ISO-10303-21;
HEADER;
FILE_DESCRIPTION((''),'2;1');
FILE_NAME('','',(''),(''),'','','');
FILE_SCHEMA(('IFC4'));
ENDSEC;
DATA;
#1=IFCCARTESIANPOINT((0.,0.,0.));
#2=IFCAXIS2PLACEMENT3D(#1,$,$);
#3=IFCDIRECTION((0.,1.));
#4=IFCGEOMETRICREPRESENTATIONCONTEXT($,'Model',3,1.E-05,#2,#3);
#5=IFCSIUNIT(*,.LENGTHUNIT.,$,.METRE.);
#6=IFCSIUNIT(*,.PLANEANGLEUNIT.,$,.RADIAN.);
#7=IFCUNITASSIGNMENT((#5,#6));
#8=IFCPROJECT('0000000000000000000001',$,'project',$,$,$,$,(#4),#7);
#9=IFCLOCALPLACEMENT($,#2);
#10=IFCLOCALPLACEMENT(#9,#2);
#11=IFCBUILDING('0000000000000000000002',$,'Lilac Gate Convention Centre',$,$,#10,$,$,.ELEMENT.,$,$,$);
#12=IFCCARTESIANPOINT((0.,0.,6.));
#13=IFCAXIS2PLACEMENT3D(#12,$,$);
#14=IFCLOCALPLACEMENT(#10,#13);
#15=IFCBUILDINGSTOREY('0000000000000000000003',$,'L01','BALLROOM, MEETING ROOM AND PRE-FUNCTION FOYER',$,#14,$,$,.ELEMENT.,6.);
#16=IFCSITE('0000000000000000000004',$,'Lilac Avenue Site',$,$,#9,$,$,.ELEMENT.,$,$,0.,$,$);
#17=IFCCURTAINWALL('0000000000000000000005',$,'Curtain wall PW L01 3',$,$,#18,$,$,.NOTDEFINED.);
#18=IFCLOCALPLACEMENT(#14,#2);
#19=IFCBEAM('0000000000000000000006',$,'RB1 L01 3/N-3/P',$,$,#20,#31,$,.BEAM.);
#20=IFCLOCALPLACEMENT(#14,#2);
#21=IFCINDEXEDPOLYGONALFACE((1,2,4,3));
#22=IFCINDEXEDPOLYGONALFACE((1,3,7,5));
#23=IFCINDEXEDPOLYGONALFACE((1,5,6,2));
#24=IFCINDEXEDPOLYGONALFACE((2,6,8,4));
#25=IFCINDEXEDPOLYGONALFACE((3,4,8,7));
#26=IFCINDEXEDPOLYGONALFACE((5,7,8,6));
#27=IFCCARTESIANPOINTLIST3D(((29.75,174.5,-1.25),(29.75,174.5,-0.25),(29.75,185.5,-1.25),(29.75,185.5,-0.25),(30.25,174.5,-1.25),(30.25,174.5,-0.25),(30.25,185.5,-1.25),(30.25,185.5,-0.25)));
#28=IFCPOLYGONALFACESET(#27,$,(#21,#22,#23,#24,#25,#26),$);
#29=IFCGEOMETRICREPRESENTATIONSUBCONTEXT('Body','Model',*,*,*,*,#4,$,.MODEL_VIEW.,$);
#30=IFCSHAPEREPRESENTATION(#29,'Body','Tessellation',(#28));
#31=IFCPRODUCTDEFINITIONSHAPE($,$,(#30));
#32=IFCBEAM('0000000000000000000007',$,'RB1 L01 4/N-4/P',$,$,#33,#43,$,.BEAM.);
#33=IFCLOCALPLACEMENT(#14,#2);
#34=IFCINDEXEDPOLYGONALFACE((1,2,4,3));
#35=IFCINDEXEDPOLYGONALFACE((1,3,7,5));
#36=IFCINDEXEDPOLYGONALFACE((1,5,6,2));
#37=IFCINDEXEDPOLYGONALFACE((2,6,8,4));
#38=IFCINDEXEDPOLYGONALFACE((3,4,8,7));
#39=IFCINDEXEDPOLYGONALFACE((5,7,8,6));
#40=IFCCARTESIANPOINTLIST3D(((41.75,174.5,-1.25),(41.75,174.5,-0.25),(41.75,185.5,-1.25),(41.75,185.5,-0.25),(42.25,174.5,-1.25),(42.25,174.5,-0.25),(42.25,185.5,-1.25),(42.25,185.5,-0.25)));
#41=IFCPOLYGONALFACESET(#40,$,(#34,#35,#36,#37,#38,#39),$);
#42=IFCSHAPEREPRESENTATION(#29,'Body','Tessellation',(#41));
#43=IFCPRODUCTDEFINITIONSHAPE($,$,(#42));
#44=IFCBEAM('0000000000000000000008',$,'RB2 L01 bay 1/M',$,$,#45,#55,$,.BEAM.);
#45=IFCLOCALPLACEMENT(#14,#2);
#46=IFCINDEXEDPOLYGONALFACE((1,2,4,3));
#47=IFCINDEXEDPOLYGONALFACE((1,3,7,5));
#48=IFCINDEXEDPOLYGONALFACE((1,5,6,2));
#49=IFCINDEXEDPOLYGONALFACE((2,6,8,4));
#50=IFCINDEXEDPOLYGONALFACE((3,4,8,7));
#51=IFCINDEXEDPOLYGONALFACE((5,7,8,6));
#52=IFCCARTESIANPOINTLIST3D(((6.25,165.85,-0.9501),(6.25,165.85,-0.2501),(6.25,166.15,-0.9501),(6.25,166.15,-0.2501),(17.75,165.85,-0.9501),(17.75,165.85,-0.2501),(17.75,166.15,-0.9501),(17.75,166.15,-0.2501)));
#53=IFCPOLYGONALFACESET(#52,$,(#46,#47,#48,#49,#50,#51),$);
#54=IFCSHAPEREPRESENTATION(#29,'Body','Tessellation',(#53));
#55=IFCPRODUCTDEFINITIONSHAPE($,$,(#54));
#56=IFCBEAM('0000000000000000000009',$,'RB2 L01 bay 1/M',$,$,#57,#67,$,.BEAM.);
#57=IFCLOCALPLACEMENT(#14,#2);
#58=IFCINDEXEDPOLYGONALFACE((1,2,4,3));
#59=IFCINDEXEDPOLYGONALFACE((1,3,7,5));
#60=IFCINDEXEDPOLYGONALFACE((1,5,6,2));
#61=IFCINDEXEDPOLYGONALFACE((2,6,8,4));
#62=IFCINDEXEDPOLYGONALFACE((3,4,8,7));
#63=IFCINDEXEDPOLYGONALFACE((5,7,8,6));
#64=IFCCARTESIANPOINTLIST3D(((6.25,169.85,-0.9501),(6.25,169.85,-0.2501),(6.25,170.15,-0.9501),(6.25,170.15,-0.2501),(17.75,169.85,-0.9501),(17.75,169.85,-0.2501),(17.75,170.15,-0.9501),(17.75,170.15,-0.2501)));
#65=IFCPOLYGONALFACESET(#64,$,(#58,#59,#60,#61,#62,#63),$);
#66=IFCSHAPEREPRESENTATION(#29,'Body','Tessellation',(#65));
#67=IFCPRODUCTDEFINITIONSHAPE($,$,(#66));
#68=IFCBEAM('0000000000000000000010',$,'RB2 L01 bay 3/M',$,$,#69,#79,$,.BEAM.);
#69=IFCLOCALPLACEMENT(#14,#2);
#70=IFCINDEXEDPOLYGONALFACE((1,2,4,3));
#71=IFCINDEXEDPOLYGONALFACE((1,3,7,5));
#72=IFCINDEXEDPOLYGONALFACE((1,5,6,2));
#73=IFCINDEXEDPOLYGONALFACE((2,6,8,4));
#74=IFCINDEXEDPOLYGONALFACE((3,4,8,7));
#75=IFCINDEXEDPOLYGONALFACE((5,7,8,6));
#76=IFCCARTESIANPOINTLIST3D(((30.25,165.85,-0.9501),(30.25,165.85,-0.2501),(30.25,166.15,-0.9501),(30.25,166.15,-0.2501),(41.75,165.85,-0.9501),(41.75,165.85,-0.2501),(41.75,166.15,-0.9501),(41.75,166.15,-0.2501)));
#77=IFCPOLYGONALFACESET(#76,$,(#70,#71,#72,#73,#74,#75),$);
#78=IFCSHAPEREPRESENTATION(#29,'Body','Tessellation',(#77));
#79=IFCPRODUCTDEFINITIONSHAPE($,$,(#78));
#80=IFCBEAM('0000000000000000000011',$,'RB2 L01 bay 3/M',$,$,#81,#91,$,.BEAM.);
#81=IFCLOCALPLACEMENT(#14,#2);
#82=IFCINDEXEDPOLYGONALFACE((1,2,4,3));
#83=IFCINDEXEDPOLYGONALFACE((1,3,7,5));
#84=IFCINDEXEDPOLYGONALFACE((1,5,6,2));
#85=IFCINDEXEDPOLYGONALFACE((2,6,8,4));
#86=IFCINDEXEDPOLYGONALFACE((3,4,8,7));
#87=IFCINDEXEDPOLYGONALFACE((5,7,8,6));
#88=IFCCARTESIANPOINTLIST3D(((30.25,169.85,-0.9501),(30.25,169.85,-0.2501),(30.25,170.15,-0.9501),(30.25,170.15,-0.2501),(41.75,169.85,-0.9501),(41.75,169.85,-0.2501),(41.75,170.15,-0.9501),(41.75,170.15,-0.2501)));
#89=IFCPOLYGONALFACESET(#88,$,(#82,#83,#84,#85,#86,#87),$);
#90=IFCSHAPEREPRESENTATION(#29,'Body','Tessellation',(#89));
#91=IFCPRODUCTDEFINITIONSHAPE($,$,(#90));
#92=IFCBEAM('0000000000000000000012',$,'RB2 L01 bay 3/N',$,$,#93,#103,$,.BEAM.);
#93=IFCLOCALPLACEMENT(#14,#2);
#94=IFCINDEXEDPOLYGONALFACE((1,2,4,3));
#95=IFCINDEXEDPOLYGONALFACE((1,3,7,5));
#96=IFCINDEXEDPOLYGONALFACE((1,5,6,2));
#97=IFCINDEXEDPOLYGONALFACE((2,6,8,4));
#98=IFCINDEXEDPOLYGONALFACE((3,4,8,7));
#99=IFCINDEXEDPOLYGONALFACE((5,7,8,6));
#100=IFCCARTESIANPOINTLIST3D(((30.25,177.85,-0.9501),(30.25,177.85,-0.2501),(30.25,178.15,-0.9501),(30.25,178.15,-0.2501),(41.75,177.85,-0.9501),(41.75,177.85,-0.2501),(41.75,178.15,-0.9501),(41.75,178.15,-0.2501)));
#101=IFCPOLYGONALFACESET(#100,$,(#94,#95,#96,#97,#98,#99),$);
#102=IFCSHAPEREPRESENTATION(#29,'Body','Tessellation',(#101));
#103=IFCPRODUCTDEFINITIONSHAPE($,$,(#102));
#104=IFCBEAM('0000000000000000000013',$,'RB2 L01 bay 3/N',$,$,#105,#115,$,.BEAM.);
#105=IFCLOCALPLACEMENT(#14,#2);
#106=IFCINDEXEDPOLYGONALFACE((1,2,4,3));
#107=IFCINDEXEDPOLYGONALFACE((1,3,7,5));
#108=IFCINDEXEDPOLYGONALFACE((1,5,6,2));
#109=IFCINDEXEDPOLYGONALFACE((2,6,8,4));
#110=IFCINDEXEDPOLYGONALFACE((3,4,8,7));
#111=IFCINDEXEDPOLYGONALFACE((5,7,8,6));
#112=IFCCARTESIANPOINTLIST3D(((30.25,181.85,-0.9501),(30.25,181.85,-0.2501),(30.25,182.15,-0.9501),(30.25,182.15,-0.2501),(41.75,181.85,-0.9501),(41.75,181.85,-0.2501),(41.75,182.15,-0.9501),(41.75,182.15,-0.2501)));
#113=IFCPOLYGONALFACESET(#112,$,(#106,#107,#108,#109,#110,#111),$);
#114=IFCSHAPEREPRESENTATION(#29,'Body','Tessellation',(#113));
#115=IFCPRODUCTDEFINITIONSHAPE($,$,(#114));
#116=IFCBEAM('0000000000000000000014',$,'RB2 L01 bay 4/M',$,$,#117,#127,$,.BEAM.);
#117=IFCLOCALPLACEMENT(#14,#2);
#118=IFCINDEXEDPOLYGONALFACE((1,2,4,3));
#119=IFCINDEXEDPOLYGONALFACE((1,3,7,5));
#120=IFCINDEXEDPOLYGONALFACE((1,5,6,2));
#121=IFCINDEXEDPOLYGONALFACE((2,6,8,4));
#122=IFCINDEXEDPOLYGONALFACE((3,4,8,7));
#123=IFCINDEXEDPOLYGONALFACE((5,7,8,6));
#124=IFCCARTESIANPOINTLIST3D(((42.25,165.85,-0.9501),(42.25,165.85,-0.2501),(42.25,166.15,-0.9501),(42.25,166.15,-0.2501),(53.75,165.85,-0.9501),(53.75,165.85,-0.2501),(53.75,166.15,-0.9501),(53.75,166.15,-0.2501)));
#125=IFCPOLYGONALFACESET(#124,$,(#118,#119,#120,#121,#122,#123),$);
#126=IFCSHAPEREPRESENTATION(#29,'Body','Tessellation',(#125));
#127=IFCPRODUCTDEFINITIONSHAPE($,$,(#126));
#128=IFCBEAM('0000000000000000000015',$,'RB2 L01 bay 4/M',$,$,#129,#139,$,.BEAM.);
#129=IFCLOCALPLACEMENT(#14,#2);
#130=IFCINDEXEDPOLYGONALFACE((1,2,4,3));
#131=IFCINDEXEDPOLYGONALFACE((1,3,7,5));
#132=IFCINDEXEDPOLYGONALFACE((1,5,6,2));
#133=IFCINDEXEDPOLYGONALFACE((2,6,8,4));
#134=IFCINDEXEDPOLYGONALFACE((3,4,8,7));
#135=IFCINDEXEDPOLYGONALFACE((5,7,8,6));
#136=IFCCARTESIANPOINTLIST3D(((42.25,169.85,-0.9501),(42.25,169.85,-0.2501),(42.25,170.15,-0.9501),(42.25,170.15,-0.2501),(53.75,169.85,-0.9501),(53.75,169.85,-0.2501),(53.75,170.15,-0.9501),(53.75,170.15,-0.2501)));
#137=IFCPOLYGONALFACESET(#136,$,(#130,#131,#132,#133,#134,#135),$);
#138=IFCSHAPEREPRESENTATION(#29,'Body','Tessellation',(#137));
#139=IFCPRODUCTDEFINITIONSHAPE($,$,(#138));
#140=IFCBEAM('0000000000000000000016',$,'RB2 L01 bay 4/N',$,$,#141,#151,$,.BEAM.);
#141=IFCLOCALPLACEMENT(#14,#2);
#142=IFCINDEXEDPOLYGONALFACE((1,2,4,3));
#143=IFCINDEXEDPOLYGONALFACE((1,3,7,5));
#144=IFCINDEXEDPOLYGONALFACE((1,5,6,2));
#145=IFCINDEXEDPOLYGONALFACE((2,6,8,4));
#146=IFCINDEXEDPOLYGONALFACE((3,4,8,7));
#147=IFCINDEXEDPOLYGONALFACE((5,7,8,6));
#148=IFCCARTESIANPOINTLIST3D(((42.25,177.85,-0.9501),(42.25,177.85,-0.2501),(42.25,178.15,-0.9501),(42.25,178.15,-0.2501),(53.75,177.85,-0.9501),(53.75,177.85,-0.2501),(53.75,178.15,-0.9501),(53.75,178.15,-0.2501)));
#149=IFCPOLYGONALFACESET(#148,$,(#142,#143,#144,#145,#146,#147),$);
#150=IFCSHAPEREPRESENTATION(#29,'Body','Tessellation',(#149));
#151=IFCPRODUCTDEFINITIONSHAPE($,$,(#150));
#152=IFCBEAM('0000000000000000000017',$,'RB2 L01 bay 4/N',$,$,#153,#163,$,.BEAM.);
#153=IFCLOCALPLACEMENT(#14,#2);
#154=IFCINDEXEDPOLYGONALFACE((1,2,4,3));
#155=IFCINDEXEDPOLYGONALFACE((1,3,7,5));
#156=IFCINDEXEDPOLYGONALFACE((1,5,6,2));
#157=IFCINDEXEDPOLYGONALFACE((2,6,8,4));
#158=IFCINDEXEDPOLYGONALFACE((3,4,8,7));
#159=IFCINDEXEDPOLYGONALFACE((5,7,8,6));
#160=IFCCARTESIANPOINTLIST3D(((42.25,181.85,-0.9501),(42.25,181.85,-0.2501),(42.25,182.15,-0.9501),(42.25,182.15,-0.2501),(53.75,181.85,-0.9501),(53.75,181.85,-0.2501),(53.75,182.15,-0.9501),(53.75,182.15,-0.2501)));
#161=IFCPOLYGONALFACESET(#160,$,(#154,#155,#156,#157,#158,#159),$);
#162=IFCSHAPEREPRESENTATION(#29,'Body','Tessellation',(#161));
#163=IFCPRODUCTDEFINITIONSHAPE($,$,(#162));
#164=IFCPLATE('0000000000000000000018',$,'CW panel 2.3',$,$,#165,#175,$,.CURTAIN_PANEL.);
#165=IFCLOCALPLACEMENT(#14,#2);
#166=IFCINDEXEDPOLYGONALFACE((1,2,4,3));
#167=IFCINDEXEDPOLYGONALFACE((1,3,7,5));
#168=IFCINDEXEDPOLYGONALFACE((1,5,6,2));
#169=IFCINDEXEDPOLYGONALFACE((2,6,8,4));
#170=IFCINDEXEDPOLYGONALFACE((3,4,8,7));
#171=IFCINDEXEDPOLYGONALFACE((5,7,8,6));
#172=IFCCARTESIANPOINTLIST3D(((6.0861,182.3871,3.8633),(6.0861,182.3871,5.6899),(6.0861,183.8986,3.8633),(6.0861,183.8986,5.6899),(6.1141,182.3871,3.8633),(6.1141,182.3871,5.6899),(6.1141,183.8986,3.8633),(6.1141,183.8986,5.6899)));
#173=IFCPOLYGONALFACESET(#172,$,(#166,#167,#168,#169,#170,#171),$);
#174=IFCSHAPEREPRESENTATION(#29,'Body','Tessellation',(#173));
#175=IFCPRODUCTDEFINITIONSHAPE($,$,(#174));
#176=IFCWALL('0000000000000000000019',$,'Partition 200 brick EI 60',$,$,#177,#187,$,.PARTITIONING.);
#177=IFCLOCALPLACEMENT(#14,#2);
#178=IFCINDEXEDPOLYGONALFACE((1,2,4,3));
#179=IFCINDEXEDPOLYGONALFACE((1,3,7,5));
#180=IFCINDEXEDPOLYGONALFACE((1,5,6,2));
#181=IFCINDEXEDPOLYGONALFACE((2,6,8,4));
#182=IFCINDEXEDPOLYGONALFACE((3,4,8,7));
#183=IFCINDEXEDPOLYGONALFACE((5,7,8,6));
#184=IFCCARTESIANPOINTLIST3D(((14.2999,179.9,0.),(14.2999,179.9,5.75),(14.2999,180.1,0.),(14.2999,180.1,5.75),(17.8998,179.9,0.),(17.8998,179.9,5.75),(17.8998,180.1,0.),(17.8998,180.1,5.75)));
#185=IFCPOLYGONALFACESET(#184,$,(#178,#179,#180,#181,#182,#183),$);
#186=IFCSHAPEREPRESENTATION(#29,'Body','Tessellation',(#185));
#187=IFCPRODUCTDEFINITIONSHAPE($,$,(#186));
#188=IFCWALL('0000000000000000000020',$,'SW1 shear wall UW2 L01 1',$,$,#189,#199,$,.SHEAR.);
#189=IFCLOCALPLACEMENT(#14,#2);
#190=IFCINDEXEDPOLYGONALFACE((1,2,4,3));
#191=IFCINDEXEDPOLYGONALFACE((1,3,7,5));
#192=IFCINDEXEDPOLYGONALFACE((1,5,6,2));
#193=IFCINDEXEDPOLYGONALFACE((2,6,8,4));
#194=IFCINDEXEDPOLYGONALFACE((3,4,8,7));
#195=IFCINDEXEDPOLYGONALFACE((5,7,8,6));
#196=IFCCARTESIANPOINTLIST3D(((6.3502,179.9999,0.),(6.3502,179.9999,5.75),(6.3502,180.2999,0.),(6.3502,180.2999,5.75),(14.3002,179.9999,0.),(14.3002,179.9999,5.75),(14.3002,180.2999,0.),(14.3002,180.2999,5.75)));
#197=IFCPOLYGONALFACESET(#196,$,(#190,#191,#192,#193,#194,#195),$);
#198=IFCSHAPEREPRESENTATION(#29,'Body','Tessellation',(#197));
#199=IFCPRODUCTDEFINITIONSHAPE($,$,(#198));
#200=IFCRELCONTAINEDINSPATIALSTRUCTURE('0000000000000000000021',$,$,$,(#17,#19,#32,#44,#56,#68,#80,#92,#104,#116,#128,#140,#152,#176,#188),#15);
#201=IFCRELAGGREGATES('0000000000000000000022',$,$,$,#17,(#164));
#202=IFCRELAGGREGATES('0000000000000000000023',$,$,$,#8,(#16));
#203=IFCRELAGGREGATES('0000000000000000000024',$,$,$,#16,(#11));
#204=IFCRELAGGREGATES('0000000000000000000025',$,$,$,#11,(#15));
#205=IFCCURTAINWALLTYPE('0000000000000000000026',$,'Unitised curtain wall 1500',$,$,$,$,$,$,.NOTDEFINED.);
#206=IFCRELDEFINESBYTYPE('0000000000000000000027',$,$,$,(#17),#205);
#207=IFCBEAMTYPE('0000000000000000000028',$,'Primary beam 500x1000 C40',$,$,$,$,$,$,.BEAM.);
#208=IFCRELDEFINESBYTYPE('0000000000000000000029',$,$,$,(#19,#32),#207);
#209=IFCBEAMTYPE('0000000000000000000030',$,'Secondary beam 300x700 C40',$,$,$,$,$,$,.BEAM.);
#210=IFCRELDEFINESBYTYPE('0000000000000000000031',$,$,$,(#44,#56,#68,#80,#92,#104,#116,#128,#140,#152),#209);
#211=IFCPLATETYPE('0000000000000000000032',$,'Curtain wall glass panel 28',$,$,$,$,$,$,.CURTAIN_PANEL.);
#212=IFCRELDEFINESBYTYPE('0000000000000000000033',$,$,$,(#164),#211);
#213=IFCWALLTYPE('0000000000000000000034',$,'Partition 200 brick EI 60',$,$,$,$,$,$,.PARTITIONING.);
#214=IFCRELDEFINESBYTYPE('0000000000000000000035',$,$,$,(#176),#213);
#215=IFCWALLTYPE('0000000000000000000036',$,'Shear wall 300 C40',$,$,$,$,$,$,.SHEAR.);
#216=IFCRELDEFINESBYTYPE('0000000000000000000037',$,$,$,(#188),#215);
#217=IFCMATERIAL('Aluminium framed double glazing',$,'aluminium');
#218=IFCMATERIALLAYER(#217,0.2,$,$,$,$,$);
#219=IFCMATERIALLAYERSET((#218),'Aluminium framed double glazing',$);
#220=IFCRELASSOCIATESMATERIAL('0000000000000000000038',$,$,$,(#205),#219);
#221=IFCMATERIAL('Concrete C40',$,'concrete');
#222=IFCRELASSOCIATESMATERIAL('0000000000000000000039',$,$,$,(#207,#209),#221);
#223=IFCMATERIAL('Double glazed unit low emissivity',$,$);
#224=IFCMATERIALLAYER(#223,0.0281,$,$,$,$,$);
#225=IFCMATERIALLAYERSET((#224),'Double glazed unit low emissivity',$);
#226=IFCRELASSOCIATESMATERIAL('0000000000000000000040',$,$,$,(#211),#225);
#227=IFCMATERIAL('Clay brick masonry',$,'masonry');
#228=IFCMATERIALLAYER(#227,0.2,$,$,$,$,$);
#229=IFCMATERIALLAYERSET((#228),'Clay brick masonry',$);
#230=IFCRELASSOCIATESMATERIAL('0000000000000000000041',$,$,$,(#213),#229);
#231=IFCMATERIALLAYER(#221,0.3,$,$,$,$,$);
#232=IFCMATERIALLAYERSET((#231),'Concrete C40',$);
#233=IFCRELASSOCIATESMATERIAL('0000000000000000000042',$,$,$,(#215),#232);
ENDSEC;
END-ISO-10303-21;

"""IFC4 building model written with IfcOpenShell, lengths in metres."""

from ifc_helpers import new_model, si_unit, direction, frame, frame_2d, origin, origin_2d, place, context, subcontext, project, spatial, rectangle, extrude, material, layer, layer_set, material_profile, profile_set, type_object, element, aggregate, save


model = new_model("IFC4")

# Units and contexts
model_context = context("Model", 3, precision=1e-05, world=origin(), true_north=direction((0.0, 1.0)))
body_context = subcontext(model_context, "Body", "Model", "MODEL_VIEW")
ifc_project = project(units=[si_unit("LENGTHUNIT", "METRE"), si_unit("PLANEANGLEUNIT", "RADIAN")], contexts=[model_context])

# Site, building, storey
site_placement = place(None, origin())
site = spatial("IfcSite", under=ifc_project, at=site_placement, Name="Lilac Avenue Site", CompositionType="ELEMENT", RefElevation=0.0)
building_placement = place(site_placement, origin())
building = spatial("IfcBuilding", under=site, at=building_placement, Name="Lilac Gate Convention Centre", CompositionType="ELEMENT")
storey_placement = place(building_placement, frame((0.0, 0.0, 6.0)))
storey = spatial("IfcBuildingStorey", under=building, at=storey_placement, Name="L01", Description="BALLROOM, MEETING ROOM AND PRE-FUNCTION FOYER", CompositionType="ELEMENT", Elevation=6.0)

# Shared definitions
ifc_material_1 = material(Name="Concrete C40", Category="concrete")

# Curtain wall
ifc_material_2 = material(Name="Aluminium framed double glazing", Category="aluminium")
ifc_layer_1 = layer(ifc_material_2, 0.2)
ifc_layer_set_1 = layer_set([ifc_layer_1], Name="Aluminium framed double glazing")
curtain_wall_type = type_object("IfcCurtainWallType", Name="Unitised curtain wall 1500", PredefinedType="NOTDEFINED", material=ifc_layer_set_1)
curtain_wall_placement = place(storey_placement, origin())
curtain_wall = element("IfcCurtainWall", 1, at=curtain_wall_placement, inside=storey, type_object=curtain_wall_type, Name="Curtain wall PW L01 3", PredefinedType="NOTDEFINED")

# Beams
ifc_material_profile_1 = material_profile(ifc_material_1, rectangle(XDim=0.5, YDim=1.0, at=origin_2d()), Name="RC 500x1000")
ifc_profile_set_1 = profile_set([ifc_material_profile_1], Name="Concrete C40")
beam_type_1 = type_object("IfcBeamType", Name="Primary beam 500x1000 C40", PredefinedType="BEAM", material=ifc_profile_set_1)
for number, where, z_axis, x_axis, name in (
    (2, (30.0, 174.5, -0.75), (0.0, 1.0, 0.0), (-1.0, 0.0, 0.0), "RB1 L01 3/N-3/P"),
    (3, (42.0, 174.5, -0.75), (0.0, 1.0, 0.0), (-1.0, 0.0, 0.0), "RB1 L01 4/N-4/P"),
):
    element("IfcBeam", number, at=place(storey_placement, frame(where, z_axis=z_axis, x_axis=x_axis)), inside=storey, type_object=beam_type_1, Name=name, PredefinedType="BEAM", context=body_context, shape_type="SweptSolid", body=[
        extrude(rectangle(XDim=0.5, YDim=1.0, at=origin_2d()), origin(), (0.0, 0.0, 1.0), 11.0),
    ])
ifc_material_profile_2 = material_profile(ifc_material_1, rectangle(XDim=0.3, YDim=0.7, at=origin_2d()), Name="RC 300x700")
ifc_profile_set_2 = profile_set([ifc_material_profile_2], Name="Concrete C40")
beam_type_2 = type_object("IfcBeamType", Name="Secondary beam 300x700 C40", PredefinedType="BEAM", material=ifc_profile_set_2)
for number, where, z_axis, x_axis, name in (
    (4, (6.25, 166.0, -0.6001), (1.0, 0.0, 0.0), (0.0, 1.0, 0.0), "RB2 L01 bay 1/M"),
    (5, (6.25, 170.0, -0.6001), (1.0, 0.0, 0.0), (0.0, 1.0, 0.0), "RB2 L01 bay 1/M"),
    (6, (30.25, 166.0, -0.6001), (1.0, 0.0, 0.0), (0.0, 1.0, 0.0), "RB2 L01 bay 3/M"),
    (7, (30.25, 170.0, -0.6001), (1.0, 0.0, 0.0), (0.0, 1.0, 0.0), "RB2 L01 bay 3/M"),
    (8, (30.25, 178.0, -0.6001), (1.0, 0.0, 0.0), (0.0, 1.0, 0.0), "RB2 L01 bay 3/N"),
    (9, (30.25, 182.0, -0.6001), (1.0, 0.0, 0.0), (0.0, 1.0, 0.0), "RB2 L01 bay 3/N"),
    (10, (42.25, 166.0, -0.6001), (1.0, 0.0, 0.0), (0.0, 1.0, 0.0), "RB2 L01 bay 4/M"),
    (11, (42.25, 170.0, -0.6001), (1.0, 0.0, 0.0), (0.0, 1.0, 0.0), "RB2 L01 bay 4/M"),
    (12, (42.25, 178.0, -0.6001), (1.0, 0.0, 0.0), (0.0, 1.0, 0.0), "RB2 L01 bay 4/N"),
    (13, (42.25, 182.0, -0.6001), (1.0, 0.0, 0.0), (0.0, 1.0, 0.0), "RB2 L01 bay 4/N"),
):
    element("IfcBeam", number, at=place(storey_placement, frame(where, z_axis=z_axis, x_axis=x_axis)), inside=storey, type_object=beam_type_2, Name=name, PredefinedType="BEAM", context=body_context, shape_type="SweptSolid", body=[
        extrude(rectangle(XDim=0.3, YDim=0.7, at=origin_2d()), origin(), (0.0, 0.0, 1.0), 11.5),
    ])

# Plate
ifc_material_3 = material(Name="Double glazed unit low emissivity")
ifc_layer_2 = layer(ifc_material_3, 0.0281)
ifc_layer_set_2 = layer_set([ifc_layer_2], Name="Double glazed unit low emissivity")
plate_type = type_object("IfcPlateType", Name="Curtain wall glass panel 28", PredefinedType="CURTAIN_PANEL", material=ifc_layer_set_2)
plate_placement = place(storey_placement, frame((6.1001, 183.1428, 3.8633), z_axis=(0.0, 0.0, 1.0), x_axis=(0.0, -1.0, 0.0)))
plate = element("IfcPlate", 14, at=plate_placement, type_object=plate_type, Name="CW panel 2.3", PredefinedType="CURTAIN_PANEL", context=body_context, shape_type="SweptSolid", body=[
    extrude(rectangle(XDim=1.5115, YDim=0.0281, at=origin_2d()), origin(), (0.0, 0.0, 1.0), 1.8267),
])
aggregate(curtain_wall, [plate])

# Walls
ifc_material_4 = material(Name="Clay brick masonry", Category="masonry")
ifc_layer_3 = layer(ifc_material_4, 0.2)
ifc_layer_set_3 = layer_set([ifc_layer_3], Name="Clay brick masonry")
wall_type_1 = type_object("IfcWallType", Name="Partition 200 brick EI 60", PredefinedType="PARTITIONING", material=ifc_layer_set_3)
wall_1_placement = place(storey_placement, frame((14.3, 180.0, 0.0), z_axis=(0.0, 0.0, 1.0), x_axis=(1.0, 0.0, 0.0)))
element("IfcWall", 15, at=wall_1_placement, inside=storey, type_object=wall_type_1, Name="Partition 200 brick EI 60", PredefinedType="PARTITIONING", context=body_context, shape_type="SweptSolid", body=[
    extrude(rectangle(XDim=3.5999, YDim=0.2, at=frame_2d((1.7998, 0.0))), origin(), (0.0, 0.0, 1.0), 5.75),
])
ifc_layer_4 = layer(ifc_material_1, 0.3)
ifc_layer_set_4 = layer_set([ifc_layer_4], Name="Concrete C40")
wall_type_2 = type_object("IfcWallType", Name="Shear wall 300 C40", PredefinedType="SHEAR", material=ifc_layer_set_4)
wall_2_placement = place(storey_placement, frame((6.3501, 180.1499, 0.0), z_axis=(0.0, 0.0, 1.0), x_axis=(1.0, 0.0, 0.0)))
element("IfcWall", 16, at=wall_2_placement, inside=storey, type_object=wall_type_2, Name="SW1 shear wall UW2 L01 1", PredefinedType="SHEAR", context=body_context, shape_type="SweptSolid", body=[
    extrude(rectangle(XDim=7.95, YDim=0.3, at=frame_2d((3.9751, 0.0))), origin(), (0.0, 0.0, 1.0), 5.75),
])

save(model, "model.ifc")
